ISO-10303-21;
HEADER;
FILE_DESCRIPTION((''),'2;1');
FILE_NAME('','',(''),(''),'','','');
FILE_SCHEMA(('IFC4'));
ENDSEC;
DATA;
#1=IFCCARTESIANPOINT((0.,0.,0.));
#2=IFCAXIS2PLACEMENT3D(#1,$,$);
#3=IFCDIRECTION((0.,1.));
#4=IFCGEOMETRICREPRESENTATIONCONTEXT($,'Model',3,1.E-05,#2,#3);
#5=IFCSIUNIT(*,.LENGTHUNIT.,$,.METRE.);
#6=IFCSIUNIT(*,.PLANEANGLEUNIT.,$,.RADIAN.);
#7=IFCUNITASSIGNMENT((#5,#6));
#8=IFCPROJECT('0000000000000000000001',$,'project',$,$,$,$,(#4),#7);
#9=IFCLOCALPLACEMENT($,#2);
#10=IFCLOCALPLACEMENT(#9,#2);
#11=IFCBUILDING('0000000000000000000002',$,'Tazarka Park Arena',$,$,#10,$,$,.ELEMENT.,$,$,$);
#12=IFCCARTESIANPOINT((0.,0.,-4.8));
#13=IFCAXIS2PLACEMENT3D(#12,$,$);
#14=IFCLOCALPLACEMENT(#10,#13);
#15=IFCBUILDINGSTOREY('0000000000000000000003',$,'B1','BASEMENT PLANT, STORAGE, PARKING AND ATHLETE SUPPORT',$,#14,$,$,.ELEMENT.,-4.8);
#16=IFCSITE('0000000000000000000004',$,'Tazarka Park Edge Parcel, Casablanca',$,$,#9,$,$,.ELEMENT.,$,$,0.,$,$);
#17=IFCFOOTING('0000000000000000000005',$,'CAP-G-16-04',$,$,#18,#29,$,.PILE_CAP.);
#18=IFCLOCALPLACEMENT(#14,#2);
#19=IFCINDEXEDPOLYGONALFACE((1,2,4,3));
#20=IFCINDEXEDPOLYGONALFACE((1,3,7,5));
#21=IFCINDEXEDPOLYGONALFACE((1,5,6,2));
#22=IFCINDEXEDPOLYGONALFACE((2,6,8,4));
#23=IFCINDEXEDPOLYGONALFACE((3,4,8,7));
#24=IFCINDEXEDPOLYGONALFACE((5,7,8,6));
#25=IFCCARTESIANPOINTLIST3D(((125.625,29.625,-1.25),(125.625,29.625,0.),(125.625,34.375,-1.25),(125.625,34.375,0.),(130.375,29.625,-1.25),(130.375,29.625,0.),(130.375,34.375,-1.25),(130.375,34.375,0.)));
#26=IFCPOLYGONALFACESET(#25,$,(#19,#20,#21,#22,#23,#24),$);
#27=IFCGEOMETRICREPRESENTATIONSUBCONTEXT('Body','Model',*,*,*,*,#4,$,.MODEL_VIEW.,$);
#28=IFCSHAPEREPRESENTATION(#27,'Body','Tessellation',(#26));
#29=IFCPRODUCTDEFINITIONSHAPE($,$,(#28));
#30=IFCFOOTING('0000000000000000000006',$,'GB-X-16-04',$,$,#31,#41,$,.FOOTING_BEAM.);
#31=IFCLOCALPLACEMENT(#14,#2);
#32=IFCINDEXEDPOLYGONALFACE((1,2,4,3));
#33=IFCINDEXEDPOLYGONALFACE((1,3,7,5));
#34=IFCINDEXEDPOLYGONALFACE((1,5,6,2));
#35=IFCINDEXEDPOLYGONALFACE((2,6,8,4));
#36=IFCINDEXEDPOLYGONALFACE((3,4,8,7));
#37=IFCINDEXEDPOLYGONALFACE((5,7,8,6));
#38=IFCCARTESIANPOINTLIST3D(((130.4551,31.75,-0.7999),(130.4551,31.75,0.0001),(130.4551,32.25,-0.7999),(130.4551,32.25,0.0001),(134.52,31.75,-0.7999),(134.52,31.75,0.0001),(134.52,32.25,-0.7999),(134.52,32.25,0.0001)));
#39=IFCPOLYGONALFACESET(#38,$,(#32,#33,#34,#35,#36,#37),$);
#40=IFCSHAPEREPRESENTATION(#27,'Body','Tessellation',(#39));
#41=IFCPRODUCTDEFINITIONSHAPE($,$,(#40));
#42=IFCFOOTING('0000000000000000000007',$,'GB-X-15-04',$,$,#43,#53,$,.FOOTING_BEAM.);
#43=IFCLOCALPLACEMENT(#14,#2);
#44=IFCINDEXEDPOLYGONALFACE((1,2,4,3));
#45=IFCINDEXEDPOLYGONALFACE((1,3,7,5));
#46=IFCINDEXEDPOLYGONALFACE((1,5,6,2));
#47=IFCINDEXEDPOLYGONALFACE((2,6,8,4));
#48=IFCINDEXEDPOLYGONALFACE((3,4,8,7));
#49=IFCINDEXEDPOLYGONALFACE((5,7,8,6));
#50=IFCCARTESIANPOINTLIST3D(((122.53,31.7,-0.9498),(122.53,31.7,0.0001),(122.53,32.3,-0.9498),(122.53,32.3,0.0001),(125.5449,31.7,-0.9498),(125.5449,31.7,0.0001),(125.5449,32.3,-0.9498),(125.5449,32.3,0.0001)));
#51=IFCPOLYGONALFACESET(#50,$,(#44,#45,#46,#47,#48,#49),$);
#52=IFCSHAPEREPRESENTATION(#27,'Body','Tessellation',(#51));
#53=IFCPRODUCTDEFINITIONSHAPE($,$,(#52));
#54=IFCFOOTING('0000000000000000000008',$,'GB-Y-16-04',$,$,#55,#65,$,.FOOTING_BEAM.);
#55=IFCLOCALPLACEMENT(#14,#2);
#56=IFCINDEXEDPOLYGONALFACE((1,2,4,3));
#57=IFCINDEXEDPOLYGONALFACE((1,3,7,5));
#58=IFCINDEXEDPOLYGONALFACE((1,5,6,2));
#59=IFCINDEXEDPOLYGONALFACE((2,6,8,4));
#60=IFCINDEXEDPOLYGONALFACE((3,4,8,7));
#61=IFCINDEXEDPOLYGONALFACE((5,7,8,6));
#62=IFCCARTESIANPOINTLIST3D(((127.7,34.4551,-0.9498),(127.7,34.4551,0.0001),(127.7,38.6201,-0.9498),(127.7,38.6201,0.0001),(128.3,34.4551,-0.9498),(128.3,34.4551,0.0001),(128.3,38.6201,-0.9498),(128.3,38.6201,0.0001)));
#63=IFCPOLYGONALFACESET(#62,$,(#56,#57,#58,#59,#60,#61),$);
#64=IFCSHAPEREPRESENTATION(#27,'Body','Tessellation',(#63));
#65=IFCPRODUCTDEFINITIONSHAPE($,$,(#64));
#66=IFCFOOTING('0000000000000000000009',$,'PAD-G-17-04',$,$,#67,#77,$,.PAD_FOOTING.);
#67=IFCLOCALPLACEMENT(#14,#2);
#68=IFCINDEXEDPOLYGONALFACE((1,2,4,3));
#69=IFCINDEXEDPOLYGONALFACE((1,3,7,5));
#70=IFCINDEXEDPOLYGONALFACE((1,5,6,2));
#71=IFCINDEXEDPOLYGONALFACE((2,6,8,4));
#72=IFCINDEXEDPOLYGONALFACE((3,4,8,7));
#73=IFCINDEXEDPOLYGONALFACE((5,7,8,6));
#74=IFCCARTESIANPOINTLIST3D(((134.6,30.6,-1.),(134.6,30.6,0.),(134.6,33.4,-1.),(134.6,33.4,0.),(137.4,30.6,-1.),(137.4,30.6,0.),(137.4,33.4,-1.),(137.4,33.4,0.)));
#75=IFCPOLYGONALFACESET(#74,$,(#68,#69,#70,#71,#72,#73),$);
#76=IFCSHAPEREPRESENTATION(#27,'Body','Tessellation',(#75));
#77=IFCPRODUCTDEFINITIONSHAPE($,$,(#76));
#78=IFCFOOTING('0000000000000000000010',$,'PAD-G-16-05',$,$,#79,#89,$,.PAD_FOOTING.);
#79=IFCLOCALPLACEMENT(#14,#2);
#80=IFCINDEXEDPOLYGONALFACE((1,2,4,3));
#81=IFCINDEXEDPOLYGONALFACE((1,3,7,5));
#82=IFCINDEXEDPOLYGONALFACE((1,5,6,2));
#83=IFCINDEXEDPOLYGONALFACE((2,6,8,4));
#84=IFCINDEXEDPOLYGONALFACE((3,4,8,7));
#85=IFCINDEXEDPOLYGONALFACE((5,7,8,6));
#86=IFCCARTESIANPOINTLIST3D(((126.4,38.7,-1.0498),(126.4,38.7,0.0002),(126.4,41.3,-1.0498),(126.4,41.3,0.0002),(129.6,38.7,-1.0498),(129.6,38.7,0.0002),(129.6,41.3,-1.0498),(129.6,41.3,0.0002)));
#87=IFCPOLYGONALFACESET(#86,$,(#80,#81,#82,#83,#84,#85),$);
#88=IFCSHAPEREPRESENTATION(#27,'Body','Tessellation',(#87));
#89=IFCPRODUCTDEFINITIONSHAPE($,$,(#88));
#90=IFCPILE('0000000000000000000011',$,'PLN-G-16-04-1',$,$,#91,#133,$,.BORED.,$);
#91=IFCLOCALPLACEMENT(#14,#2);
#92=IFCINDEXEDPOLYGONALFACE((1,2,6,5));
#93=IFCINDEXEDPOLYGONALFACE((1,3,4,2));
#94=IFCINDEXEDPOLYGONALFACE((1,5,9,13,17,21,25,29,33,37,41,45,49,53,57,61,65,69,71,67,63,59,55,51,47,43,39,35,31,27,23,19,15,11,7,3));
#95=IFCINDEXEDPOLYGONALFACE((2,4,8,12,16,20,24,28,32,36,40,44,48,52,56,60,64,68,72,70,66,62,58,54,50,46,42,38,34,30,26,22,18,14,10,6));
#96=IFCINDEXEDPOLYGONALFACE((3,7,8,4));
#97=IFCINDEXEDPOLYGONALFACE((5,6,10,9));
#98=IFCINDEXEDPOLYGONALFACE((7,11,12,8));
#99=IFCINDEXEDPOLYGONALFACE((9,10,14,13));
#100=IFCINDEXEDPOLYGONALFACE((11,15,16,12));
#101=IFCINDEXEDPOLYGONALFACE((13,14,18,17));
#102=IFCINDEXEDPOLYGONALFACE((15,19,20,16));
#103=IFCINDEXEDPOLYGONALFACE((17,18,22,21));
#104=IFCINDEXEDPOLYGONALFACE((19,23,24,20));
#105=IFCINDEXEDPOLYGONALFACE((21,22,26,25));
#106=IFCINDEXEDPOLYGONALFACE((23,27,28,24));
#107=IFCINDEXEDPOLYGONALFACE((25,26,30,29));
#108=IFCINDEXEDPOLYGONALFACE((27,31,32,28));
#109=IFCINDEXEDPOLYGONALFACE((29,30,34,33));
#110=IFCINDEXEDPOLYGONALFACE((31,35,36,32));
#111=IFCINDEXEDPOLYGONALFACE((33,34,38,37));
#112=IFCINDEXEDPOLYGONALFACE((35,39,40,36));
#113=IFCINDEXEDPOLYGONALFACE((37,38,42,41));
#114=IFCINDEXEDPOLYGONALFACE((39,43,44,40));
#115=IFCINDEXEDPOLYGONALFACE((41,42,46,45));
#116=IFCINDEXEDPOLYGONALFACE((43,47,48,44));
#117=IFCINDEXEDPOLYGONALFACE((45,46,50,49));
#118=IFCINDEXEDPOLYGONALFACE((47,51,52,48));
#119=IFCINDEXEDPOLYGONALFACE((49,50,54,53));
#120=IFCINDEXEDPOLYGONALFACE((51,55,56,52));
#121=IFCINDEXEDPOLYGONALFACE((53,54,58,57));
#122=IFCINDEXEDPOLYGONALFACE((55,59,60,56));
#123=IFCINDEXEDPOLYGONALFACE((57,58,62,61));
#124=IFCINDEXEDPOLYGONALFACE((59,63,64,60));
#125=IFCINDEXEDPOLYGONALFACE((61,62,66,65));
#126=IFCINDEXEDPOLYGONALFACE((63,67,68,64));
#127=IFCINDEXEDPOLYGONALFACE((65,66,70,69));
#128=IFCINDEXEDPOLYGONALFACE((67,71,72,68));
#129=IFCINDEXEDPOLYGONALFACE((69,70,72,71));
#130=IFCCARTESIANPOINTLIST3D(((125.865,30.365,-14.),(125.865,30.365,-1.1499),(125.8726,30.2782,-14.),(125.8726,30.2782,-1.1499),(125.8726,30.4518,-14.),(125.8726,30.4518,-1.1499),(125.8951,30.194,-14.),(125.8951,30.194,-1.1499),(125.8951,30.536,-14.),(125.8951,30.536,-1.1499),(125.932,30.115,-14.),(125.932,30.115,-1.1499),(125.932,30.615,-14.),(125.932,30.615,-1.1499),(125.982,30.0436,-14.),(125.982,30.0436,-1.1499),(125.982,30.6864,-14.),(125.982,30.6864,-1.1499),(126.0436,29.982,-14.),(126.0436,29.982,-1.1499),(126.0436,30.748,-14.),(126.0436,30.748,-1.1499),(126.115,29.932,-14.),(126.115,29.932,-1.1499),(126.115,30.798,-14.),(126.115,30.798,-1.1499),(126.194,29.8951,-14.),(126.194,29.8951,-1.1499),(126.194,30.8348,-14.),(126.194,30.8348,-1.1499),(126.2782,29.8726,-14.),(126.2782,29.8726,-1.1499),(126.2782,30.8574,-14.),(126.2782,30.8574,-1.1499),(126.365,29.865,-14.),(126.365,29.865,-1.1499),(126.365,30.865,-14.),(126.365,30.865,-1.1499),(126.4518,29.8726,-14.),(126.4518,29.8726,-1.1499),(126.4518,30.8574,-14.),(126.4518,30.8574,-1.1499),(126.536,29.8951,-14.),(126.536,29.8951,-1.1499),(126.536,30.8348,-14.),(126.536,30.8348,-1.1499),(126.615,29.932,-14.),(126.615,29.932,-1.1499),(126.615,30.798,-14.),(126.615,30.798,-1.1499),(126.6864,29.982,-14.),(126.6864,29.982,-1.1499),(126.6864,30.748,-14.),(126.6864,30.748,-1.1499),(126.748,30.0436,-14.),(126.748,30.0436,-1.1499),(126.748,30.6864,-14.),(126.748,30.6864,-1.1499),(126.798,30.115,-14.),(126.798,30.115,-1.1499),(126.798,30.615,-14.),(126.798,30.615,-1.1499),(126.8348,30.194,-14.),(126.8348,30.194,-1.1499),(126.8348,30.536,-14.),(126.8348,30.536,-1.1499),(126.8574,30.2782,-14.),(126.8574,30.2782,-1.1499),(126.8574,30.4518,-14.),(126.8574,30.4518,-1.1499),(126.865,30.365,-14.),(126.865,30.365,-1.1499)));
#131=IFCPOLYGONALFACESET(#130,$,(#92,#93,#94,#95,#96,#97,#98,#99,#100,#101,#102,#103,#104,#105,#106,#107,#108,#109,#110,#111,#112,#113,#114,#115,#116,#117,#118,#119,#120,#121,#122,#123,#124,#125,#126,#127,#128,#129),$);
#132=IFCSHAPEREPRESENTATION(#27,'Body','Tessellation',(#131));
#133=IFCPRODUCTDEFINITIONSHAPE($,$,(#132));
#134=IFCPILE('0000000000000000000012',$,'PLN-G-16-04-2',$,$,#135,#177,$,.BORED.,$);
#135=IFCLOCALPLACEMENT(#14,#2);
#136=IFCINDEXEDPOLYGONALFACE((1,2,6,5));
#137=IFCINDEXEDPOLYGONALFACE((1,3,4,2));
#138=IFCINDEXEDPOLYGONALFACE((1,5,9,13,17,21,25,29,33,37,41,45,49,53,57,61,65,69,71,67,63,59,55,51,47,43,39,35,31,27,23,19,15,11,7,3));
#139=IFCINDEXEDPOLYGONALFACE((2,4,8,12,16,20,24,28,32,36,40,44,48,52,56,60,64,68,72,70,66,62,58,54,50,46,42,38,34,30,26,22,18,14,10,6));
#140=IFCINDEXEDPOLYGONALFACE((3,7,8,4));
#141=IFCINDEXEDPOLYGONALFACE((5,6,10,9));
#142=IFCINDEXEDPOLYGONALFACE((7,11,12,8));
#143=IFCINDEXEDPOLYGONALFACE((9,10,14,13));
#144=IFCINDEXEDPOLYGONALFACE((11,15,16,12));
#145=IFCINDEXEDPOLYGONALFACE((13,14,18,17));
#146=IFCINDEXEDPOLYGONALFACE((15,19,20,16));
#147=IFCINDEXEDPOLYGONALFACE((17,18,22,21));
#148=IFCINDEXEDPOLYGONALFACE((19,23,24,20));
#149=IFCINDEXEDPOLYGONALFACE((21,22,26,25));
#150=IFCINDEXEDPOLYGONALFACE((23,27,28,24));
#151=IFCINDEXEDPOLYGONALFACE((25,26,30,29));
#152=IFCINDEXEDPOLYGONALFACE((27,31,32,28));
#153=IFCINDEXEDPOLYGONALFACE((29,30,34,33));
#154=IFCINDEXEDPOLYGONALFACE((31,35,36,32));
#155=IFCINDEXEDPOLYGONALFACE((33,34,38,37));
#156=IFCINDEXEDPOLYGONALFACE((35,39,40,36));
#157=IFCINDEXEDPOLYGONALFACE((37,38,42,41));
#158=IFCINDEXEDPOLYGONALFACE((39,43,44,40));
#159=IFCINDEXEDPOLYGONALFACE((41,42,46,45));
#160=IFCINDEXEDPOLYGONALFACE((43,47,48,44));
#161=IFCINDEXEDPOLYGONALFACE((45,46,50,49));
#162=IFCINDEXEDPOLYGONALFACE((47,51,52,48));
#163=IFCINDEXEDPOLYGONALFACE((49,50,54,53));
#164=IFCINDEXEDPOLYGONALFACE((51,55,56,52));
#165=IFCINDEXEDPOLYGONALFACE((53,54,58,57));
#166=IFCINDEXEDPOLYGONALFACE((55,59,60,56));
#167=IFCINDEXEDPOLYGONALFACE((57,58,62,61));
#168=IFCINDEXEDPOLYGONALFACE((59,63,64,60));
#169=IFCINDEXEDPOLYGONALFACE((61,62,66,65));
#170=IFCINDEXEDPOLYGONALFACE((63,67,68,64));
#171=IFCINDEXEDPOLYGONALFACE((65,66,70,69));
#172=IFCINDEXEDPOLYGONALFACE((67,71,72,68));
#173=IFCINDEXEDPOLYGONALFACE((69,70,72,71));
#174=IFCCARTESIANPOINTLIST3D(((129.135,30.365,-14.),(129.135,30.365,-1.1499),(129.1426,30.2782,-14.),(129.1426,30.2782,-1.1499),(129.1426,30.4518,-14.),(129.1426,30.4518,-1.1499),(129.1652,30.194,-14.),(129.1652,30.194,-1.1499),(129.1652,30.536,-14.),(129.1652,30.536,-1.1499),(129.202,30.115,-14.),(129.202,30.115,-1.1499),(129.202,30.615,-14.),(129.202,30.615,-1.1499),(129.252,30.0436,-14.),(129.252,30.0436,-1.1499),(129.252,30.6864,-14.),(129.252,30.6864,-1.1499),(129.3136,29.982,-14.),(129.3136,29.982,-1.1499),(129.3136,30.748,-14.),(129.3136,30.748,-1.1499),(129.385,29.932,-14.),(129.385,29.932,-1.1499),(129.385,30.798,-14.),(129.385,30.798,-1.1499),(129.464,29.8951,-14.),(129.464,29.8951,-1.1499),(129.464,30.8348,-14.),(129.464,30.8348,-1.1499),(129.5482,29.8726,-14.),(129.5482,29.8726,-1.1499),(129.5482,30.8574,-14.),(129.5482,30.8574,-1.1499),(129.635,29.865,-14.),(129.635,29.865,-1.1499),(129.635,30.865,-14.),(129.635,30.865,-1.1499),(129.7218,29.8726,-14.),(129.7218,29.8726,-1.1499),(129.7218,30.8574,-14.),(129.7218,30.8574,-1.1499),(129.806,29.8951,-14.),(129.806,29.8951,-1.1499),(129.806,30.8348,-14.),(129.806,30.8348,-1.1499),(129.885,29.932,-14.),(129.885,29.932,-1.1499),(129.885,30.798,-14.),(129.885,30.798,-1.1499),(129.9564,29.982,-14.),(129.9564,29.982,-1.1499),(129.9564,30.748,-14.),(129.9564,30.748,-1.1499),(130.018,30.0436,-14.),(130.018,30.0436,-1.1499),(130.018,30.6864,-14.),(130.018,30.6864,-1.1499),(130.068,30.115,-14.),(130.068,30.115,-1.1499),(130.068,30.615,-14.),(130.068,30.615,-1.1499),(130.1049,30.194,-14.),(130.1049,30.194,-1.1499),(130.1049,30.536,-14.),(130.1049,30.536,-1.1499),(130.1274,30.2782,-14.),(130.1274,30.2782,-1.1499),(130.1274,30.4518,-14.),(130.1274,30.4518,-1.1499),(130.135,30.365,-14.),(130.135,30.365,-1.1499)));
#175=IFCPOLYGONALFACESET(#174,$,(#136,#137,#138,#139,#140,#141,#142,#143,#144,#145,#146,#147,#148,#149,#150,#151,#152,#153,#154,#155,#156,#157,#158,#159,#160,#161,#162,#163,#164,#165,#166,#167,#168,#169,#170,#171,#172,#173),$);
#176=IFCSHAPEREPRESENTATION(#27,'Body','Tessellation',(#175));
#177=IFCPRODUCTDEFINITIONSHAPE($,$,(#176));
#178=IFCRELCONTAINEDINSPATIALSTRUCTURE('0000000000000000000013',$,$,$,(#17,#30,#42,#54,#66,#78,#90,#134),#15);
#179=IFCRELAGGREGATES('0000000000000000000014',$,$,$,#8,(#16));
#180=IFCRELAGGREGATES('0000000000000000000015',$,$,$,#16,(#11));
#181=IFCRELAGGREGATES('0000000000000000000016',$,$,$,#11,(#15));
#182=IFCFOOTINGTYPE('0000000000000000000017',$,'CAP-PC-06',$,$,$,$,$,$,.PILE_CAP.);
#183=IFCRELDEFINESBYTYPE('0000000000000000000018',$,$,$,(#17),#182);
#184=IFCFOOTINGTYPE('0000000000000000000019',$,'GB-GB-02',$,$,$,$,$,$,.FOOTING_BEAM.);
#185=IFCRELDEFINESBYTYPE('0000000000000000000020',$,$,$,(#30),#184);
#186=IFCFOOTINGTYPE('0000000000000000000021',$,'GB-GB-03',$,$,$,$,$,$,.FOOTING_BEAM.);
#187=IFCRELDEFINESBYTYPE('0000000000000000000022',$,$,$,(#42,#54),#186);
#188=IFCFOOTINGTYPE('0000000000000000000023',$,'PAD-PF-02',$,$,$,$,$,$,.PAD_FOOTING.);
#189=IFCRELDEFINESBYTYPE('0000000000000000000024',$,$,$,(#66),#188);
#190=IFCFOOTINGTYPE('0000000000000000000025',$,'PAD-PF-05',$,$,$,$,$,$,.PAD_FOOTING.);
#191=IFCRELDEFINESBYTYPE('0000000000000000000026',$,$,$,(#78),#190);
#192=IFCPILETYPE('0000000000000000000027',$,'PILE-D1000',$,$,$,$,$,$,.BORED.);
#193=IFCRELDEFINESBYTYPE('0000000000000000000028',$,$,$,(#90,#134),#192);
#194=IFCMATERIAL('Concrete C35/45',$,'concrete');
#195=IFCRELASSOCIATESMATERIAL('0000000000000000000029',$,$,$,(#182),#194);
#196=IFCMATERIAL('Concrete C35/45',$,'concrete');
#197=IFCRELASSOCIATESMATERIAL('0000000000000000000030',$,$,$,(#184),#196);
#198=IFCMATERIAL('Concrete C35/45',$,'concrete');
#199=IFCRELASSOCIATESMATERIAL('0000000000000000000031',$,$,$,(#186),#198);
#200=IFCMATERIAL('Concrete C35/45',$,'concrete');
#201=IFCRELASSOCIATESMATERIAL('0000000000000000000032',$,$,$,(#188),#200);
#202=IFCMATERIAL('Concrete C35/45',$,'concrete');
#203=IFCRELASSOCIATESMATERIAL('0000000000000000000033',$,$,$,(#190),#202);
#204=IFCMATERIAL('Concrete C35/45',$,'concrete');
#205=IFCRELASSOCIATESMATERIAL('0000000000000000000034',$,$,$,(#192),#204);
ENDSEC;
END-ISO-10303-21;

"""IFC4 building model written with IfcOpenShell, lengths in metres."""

from ifc_helpers import new_model, si_unit, direction, frame, origin, origin_2d, place, context, subcontext, project, spatial, rectangle, circle, extrude, material, material_profile, profile_set, type_object, element, save


model = new_model("IFC4")

# Units and contexts
model_context = context("Model", 3, precision=1e-05, world=origin(), true_north=direction((0.0, 1.0)))
body_context = subcontext(model_context, "Body", "Model", "MODEL_VIEW")
ifc_project = project(units=[si_unit("LENGTHUNIT", "METRE"), si_unit("PLANEANGLEUNIT", "RADIAN")], contexts=[model_context])

# Site, building, storey
site_placement = place(None, origin())
site = spatial("IfcSite", under=ifc_project, at=site_placement, Name="Tazarka Park Edge Parcel, Casablanca", CompositionType="ELEMENT", RefElevation=0.0)
building_placement = place(site_placement, origin())
building = spatial("IfcBuilding", under=site, at=building_placement, Name="Tazarka Park Arena", CompositionType="ELEMENT")
storey_placement = place(building_placement, frame((0.0, 0.0, -4.8)))
storey = spatial("IfcBuildingStorey", under=building, at=storey_placement, Name="B1", Description="BASEMENT PLANT, STORAGE, PARKING AND ATHLETE SUPPORT", CompositionType="ELEMENT", Elevation=-4.8)

# Footings
ifc_material_1 = material(Name="Concrete C35/45", Category="concrete")
footing_type_1 = type_object("IfcFootingType", Name="CAP-PC-06", PredefinedType="PILE_CAP", material=ifc_material_1)
footing_1_placement = place(storey_placement, frame((128.0, 32.0, -1.25), z_axis=(0.0, 0.0, 1.0), x_axis=(1.0, 0.0, 0.0)))
element("IfcFooting", 1, at=footing_1_placement, inside=storey, type_object=footing_type_1, Name="CAP-G-16-04", PredefinedType="PILE_CAP", context=body_context, shape_type="SweptSolid", body=[
    extrude(rectangle(XDim=4.75, YDim=4.75, at=origin_2d()), origin(), (0.0, 0.0, 1.0), 1.25),
])
ifc_material_2 = material(Name="Concrete C35/45", Category="concrete")
ifc_material_profile_1 = material_profile(ifc_material_2, rectangle(XDim=0.5, YDim=0.8, at=origin_2d()), Name="Concrete C35/45")
ifc_profile_set_1 = profile_set([ifc_material_profile_1], Name="Concrete C35/45")
footing_type_2 = type_object("IfcFootingType", Name="GB-GB-02", PredefinedType="FOOTING_BEAM", material=ifc_profile_set_1)
footing_2_placement = place(storey_placement, frame((130.4551, 32.0, -0.3999), z_axis=(1.0, 0.0, 0.0), x_axis=(0.0, 1.0, 0.0)))
element("IfcFooting", 2, at=footing_2_placement, inside=storey, type_object=footing_type_2, Name="GB-X-16-04", PredefinedType="FOOTING_BEAM", context=body_context, shape_type="SweptSolid", body=[
    extrude(rectangle(XDim=0.5, YDim=0.8, at=origin_2d()), origin(), (0.0, 0.0, 1.0), 4.0649),
])
ifc_material_3 = material(Name="Concrete C35/45", Category="concrete")
ifc_material_profile_2 = material_profile(ifc_material_3, rectangle(XDim=0.6001, YDim=0.95, at=origin_2d()), Name="Concrete C35/45")
ifc_profile_set_2 = profile_set([ifc_material_profile_2], Name="Concrete C35/45")
footing_type_3 = type_object("IfcFootingType", Name="GB-GB-03", PredefinedType="FOOTING_BEAM", material=ifc_profile_set_2)
footing_3_placement = place(storey_placement, frame((122.53, 32.0, -0.4749), z_axis=(1.0, 0.0, 0.0), x_axis=(0.0, 1.0, 0.0)))
element("IfcFooting", 3, at=footing_3_placement, inside=storey, type_object=footing_type_3, Name="GB-X-15-04", PredefinedType="FOOTING_BEAM", context=body_context, shape_type="SweptSolid", body=[
    extrude(rectangle(XDim=0.6001, YDim=0.95, at=origin_2d()), origin(), (0.0, 0.0, 1.0), 3.0149),
])
footing_4_placement = place(storey_placement, frame((128.0, 34.4551, -0.4749), z_axis=(0.0, 1.0, 0.0), x_axis=(-1.0, 0.0, 0.0)))
element("IfcFooting", 4, at=footing_4_placement, inside=storey, type_object=footing_type_3, Name="GB-Y-16-04", PredefinedType="FOOTING_BEAM", context=body_context, shape_type="SweptSolid", body=[
    extrude(rectangle(XDim=0.6001, YDim=0.95, at=origin_2d()), origin(), (0.0, 0.0, 1.0), 4.165),
])
ifc_material_4 = material(Name="Concrete C35/45", Category="concrete")
footing_type_4 = type_object("IfcFootingType", Name="PAD-PF-02", PredefinedType="PAD_FOOTING", material=ifc_material_4)
footing_5_placement = place(storey_placement, frame((136.0, 32.0, -1.0), z_axis=(0.0, 0.0, 1.0), x_axis=(1.0, 0.0, 0.0)))
element("IfcFooting", 5, at=footing_5_placement, inside=storey, type_object=footing_type_4, Name="PAD-G-17-04", PredefinedType="PAD_FOOTING", context=body_context, shape_type="SweptSolid", body=[
    extrude(rectangle(XDim=2.8, YDim=2.8, at=origin_2d()), origin(), (0.0, 0.0, 1.0), 1.0),
])
ifc_material_5 = material(Name="Concrete C35/45", Category="concrete")
footing_type_5 = type_object("IfcFootingType", Name="PAD-PF-05", PredefinedType="PAD_FOOTING", material=ifc_material_5)
footing_6_placement = place(storey_placement, frame((128.0, 40.0, -1.0498), z_axis=(0.0, 0.0, 1.0), x_axis=(1.0, 0.0, 0.0)))
element("IfcFooting", 6, at=footing_6_placement, inside=storey, type_object=footing_type_5, Name="PAD-G-16-05", PredefinedType="PAD_FOOTING", context=body_context, shape_type="SweptSolid", body=[
    extrude(rectangle(XDim=3.2, YDim=2.6001, at=origin_2d()), origin(), (0.0, 0.0, 1.0), 1.05),
])

# Piles
ifc_material_6 = material(Name="Concrete C35/45", Category="concrete")
ifc_material_profile_3 = material_profile(ifc_material_6, circle(Radius=0.5, at=origin_2d()), Name="Concrete C35/45")
ifc_profile_set_3 = profile_set([ifc_material_profile_3], Name="Concrete C35/45")
pile_type = type_object("IfcPileType", Name="PILE-D1000", PredefinedType="BORED", material=ifc_profile_set_3)
for number, where, z_axis, x_axis, name in (
    (7, (126.365, 30.365, -1.1499), (0.0, 0.0, -1.0), (1.0, 0.0, 0.0), "PLN-G-16-04-1"),
    (8, (129.635, 30.365, -1.1499), (0.0, 0.0, -1.0), (1.0, 0.0, 0.0), "PLN-G-16-04-2"),
):
    element("IfcPile", number, at=place(storey_placement, frame(where, z_axis=z_axis, x_axis=x_axis)), inside=storey, type_object=pile_type, Name=name, PredefinedType="BORED", context=body_context, shape_type="SweptSolid", body=[
        extrude(circle(Radius=0.5, at=origin_2d()), origin(), (0.0, 0.0, 1.0), 12.8501),
    ])

save(model, "model.ifc")
